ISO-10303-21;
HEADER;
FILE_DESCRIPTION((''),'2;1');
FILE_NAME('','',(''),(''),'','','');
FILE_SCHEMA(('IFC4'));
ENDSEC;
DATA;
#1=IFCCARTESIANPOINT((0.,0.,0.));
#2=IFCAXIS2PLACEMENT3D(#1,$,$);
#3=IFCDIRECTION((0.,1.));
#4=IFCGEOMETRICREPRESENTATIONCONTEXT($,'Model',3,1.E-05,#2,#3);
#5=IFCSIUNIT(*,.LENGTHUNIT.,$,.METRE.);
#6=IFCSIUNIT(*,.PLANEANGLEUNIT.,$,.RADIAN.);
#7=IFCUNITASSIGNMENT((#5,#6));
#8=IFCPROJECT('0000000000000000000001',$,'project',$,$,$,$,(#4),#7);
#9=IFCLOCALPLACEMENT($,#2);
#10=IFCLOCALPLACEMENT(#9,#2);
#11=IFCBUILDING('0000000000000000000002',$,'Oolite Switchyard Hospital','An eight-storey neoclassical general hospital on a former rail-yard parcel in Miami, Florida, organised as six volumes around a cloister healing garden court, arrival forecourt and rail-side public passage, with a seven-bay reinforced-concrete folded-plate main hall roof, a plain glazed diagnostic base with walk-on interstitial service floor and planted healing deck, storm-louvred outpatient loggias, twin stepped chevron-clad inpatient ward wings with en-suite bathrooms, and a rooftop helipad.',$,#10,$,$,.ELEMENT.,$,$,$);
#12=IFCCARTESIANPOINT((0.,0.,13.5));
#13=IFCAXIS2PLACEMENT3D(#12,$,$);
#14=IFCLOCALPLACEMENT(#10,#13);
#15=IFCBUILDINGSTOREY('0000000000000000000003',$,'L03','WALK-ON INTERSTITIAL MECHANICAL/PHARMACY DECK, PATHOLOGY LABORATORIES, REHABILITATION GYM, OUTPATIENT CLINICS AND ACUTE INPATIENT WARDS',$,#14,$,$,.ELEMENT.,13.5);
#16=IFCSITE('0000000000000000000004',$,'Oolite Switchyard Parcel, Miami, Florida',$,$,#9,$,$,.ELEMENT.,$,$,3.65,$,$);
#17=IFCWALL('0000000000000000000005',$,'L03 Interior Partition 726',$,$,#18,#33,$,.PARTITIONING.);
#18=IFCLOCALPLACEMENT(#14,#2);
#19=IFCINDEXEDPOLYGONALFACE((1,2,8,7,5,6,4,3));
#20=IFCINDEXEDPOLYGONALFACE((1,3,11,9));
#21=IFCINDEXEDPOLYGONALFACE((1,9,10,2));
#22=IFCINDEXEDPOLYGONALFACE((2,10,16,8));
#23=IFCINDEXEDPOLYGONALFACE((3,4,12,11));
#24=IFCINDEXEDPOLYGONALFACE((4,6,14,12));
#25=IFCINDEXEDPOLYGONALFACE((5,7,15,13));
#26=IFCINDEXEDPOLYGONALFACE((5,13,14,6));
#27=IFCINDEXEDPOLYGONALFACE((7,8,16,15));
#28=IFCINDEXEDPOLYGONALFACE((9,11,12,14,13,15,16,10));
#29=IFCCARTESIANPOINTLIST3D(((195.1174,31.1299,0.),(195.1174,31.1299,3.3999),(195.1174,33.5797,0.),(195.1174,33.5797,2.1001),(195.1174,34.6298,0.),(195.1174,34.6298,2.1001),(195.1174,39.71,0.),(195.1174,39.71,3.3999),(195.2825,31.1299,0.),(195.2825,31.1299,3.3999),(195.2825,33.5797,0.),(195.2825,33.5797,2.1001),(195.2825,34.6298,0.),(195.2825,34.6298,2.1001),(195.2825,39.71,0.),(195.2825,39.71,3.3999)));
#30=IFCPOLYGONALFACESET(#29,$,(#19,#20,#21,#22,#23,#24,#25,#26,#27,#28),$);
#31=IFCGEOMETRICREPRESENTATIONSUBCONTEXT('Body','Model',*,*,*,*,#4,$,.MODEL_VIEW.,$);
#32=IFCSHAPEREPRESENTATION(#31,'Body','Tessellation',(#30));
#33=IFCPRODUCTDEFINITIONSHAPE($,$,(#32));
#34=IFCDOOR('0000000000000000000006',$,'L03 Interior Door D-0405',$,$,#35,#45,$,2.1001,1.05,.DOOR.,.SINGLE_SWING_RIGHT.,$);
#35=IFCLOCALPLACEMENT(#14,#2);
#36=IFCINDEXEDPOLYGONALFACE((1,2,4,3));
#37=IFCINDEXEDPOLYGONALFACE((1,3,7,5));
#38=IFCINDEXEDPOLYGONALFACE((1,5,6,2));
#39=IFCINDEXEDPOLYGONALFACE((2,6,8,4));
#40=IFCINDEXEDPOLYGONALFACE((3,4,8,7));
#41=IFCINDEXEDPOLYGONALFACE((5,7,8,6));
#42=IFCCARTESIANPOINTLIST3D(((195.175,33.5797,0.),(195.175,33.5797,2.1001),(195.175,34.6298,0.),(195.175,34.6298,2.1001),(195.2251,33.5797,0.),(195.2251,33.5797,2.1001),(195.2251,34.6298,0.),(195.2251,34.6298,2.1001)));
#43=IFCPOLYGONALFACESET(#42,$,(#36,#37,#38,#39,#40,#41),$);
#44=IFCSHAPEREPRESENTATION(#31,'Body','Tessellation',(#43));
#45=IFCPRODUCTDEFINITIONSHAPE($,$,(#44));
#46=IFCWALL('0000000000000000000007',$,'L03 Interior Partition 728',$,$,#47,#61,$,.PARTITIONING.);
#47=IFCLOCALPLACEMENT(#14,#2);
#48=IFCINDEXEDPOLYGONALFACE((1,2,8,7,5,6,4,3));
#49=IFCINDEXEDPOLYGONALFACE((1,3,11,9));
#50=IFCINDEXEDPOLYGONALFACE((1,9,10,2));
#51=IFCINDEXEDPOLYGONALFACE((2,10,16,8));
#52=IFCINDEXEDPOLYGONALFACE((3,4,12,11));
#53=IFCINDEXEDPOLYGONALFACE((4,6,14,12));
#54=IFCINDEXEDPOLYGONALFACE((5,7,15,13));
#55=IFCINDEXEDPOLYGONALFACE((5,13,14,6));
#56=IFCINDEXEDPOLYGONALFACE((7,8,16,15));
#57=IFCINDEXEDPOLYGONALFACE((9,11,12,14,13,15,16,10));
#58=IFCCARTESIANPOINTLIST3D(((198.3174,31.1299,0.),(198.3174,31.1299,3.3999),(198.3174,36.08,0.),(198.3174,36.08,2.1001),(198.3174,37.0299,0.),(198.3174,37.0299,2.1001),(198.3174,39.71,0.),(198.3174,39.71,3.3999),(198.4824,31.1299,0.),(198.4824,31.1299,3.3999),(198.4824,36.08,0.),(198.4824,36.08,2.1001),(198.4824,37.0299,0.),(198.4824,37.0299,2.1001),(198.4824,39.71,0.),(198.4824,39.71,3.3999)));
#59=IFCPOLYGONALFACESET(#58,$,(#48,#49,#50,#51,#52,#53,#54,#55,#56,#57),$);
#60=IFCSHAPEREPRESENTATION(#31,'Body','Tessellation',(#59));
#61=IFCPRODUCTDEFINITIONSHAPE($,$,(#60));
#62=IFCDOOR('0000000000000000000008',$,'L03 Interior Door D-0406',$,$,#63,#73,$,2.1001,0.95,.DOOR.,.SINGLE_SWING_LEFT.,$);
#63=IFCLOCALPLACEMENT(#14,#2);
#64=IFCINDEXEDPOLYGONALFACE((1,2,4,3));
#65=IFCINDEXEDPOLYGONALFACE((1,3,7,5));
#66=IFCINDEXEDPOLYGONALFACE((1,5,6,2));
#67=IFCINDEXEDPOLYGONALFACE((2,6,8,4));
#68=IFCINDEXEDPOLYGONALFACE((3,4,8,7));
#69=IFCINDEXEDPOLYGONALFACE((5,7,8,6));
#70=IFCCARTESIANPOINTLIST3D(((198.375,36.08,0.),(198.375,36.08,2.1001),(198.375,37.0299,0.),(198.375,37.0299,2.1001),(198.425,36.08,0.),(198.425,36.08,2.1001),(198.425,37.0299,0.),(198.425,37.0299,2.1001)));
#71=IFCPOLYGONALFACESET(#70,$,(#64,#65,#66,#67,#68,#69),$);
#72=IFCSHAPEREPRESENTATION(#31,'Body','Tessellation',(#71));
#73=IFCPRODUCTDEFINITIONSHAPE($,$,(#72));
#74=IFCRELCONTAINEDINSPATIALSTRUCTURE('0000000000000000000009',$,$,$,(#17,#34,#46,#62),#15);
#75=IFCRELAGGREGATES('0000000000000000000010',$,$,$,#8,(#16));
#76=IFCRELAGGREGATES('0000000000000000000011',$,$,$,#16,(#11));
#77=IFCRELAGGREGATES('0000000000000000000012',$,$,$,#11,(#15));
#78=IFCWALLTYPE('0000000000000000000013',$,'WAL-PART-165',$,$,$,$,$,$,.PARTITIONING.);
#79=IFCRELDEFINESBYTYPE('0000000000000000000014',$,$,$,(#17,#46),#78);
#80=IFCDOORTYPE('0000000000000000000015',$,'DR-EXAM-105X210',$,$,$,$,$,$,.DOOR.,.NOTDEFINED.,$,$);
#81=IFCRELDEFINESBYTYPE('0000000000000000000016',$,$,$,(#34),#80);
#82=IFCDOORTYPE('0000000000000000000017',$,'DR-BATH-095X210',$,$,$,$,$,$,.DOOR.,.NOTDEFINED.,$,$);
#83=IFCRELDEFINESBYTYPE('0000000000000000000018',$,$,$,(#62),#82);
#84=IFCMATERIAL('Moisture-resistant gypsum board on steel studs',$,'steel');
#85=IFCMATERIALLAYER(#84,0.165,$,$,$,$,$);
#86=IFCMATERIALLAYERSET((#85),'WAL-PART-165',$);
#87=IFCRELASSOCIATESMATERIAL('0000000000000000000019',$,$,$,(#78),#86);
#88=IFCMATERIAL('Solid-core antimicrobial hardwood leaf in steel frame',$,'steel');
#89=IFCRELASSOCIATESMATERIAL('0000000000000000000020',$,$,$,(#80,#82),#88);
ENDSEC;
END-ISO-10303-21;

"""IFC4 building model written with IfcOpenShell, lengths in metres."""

from ifc_helpers import new_model, si_unit, direction, frame, frame_2d, origin, place, context, subcontext, project, spatial, rectangle, extrude, material, layer, layer_set, type_object, element, fill, save


model = new_model("IFC4")

# Units and contexts
model_context = context("Model", 3, precision=1e-05, world=origin(), true_north=direction((0.0, 1.0)))
body_context = subcontext(model_context, "Body", "Model", "MODEL_VIEW")
ifc_project = project(units=[si_unit("LENGTHUNIT", "METRE"), si_unit("PLANEANGLEUNIT", "RADIAN")], contexts=[model_context])

# Site, building, storey
site_placement = place(None, origin())
site = spatial("IfcSite", under=ifc_project, at=site_placement, Name="Oolite Switchyard Parcel, Miami, Florida", CompositionType="ELEMENT", RefElevation=3.65)
building_placement = place(site_placement, origin())
building = spatial("IfcBuilding", under=site, at=building_placement, Name="Oolite Switchyard Hospital", Description="An eight-storey neoclassical general hospital on a former rail-yard parcel in Miami, Florida, organised as six volumes around a cloister healing garden court, arrival forecourt and rail-side public passage, with a seven-bay reinforced-concrete folded-plate main hall roof, a plain glazed diagnostic base with walk-on interstitial service floor and planted healing deck, storm-louvred outpatient loggias, twin stepped chevron-clad inpatient ward wings with en-suite bathrooms, and a rooftop helipad.", CompositionType="ELEMENT")
storey_placement = place(building_placement, frame((0.0, 0.0, 13.5)))
storey = spatial("IfcBuildingStorey", under=building, at=storey_placement, Name="L03", Description="WALK-ON INTERSTITIAL MECHANICAL/PHARMACY DECK, PATHOLOGY LABORATORIES, REHABILITATION GYM, OUTPATIENT CLINICS AND ACUTE INPATIENT WARDS", CompositionType="ELEMENT", Elevation=13.5)

# Shared definitions
ifc_material_1 = material(Name="Moisture-resistant gypsum board on steel studs", Category="steel")

# Walls, openings, doors
ifc_layer_1 = layer(ifc_material_1, 0.165)
ifc_layer_set_1 = layer_set([ifc_layer_1], Name="WAL-PART-165")
wall_type_1 = type_object("IfcWallType", Name="WAL-PART-165", PredefinedType="PARTITIONING", material=ifc_layer_set_1)
ifc_material_2 = material(Name="Solid-core antimicrobial hardwood leaf in steel frame", Category="steel")
door_type_1 = type_object("IfcDoorType", Name="DR-EXAM-105X210", OperationType="NOTDEFINED", PredefinedType="DOOR", material=ifc_material_2)
wall_1_placement = place(storey_placement, frame((195.2, 31.1299, 0.0), z_axis=(0.0, 0.0, 1.0), x_axis=(0.0, 1.0, 0.0)))
wall_1 = element("IfcWall", 1, at=wall_1_placement, inside=storey, type_object=wall_type_1, Name="L03 Interior Partition 726", PredefinedType="PARTITIONING", context=body_context, shape_type="SweptSolid", body=[
    extrude(rectangle(XDim=8.5801, YDim=0.165, at=frame_2d((4.29, 0.0))), origin(), (0.0, 0.0, 1.0), 3.3999),
])
opening_1_placement = place(wall_1_placement, frame((2.45, 0.0, 0.0)))
opening_1 = element("IfcOpeningElement", 2, at=opening_1_placement, cuts=wall_1, PredefinedType="OPENING", context=body_context, shape_type="SweptSolid", body=[
    extrude(rectangle(XDim=1.05, YDim=2.1001, at=frame_2d((0.5249, 1.05))), frame((0.0, 0.0925, 0.0), z_axis=(0.0, -1.0, 0.0), x_axis=(1.0, 0.0, 0.0)), (0.0, 0.0, 1.0), 0.1851),
])
door_1_placement = place(opening_1_placement, origin())
door_1 = element("IfcDoor", 3, at=door_1_placement, inside=storey, type_object=door_type_1, Name="L03 Interior Door D-0405", OperationType="SINGLE_SWING_RIGHT", OverallHeight=2.1001, OverallWidth=1.05, PredefinedType="DOOR", context=body_context, shape_type="SweptSolid", body=[
    extrude(rectangle(XDim=1.05, YDim=2.1001, at=frame_2d((0.5249, 1.05))), frame((0.0, 0.0249, 0.0), z_axis=(0.0, -1.0, 0.0), x_axis=(1.0, 0.0, 0.0)), (0.0, 0.0, 1.0), 0.05),
])
fill(opening_1, door_1)
wall_2_placement = place(storey_placement, frame((198.3999, 31.1299, 0.0), z_axis=(0.0, 0.0, 1.0), x_axis=(0.0, 1.0, 0.0)))
wall_2 = element("IfcWall", 4, at=wall_2_placement, inside=storey, type_object=wall_type_1, Name="L03 Interior Partition 728", PredefinedType="PARTITIONING", context=body_context, shape_type="SweptSolid", body=[
    extrude(rectangle(XDim=8.5801, YDim=0.165, at=frame_2d((4.29, 0.0))), origin(), (0.0, 0.0, 1.0), 3.3999),
])
opening_2_placement = place(wall_2_placement, frame((4.95, 0.0, 0.0)))
opening_2 = element("IfcOpeningElement", 5, at=opening_2_placement, cuts=wall_2, PredefinedType="OPENING", context=body_context, shape_type="SweptSolid", body=[
    extrude(rectangle(XDim=0.95, YDim=2.1001, at=frame_2d((0.4751, 1.05))), frame((0.0, 0.0925, 0.0), z_axis=(0.0, -1.0, 0.0), x_axis=(1.0, 0.0, 0.0)), (0.0, 0.0, 1.0), 0.1851),
])
door_type_2 = type_object("IfcDoorType", Name="DR-BATH-095X210", OperationType="NOTDEFINED", PredefinedType="DOOR", material=ifc_material_2)
door_2_placement = place(opening_2_placement, origin())
door_2 = element("IfcDoor", 6, at=door_2_placement, inside=storey, type_object=door_type_2, Name="L03 Interior Door D-0406", OperationType="SINGLE_SWING_LEFT", OverallHeight=2.1001, OverallWidth=0.95, PredefinedType="DOOR", context=body_context, shape_type="SweptSolid", body=[
    extrude(rectangle(XDim=0.95, YDim=2.1001, at=frame_2d((0.4751, 1.05))), frame((0.0, 0.0249, 0.0), z_axis=(0.0, -1.0, 0.0), x_axis=(1.0, 0.0, 0.0)), (0.0, 0.0, 1.0), 0.05),
])
fill(opening_2, door_2)

save(model, "model.ifc")
